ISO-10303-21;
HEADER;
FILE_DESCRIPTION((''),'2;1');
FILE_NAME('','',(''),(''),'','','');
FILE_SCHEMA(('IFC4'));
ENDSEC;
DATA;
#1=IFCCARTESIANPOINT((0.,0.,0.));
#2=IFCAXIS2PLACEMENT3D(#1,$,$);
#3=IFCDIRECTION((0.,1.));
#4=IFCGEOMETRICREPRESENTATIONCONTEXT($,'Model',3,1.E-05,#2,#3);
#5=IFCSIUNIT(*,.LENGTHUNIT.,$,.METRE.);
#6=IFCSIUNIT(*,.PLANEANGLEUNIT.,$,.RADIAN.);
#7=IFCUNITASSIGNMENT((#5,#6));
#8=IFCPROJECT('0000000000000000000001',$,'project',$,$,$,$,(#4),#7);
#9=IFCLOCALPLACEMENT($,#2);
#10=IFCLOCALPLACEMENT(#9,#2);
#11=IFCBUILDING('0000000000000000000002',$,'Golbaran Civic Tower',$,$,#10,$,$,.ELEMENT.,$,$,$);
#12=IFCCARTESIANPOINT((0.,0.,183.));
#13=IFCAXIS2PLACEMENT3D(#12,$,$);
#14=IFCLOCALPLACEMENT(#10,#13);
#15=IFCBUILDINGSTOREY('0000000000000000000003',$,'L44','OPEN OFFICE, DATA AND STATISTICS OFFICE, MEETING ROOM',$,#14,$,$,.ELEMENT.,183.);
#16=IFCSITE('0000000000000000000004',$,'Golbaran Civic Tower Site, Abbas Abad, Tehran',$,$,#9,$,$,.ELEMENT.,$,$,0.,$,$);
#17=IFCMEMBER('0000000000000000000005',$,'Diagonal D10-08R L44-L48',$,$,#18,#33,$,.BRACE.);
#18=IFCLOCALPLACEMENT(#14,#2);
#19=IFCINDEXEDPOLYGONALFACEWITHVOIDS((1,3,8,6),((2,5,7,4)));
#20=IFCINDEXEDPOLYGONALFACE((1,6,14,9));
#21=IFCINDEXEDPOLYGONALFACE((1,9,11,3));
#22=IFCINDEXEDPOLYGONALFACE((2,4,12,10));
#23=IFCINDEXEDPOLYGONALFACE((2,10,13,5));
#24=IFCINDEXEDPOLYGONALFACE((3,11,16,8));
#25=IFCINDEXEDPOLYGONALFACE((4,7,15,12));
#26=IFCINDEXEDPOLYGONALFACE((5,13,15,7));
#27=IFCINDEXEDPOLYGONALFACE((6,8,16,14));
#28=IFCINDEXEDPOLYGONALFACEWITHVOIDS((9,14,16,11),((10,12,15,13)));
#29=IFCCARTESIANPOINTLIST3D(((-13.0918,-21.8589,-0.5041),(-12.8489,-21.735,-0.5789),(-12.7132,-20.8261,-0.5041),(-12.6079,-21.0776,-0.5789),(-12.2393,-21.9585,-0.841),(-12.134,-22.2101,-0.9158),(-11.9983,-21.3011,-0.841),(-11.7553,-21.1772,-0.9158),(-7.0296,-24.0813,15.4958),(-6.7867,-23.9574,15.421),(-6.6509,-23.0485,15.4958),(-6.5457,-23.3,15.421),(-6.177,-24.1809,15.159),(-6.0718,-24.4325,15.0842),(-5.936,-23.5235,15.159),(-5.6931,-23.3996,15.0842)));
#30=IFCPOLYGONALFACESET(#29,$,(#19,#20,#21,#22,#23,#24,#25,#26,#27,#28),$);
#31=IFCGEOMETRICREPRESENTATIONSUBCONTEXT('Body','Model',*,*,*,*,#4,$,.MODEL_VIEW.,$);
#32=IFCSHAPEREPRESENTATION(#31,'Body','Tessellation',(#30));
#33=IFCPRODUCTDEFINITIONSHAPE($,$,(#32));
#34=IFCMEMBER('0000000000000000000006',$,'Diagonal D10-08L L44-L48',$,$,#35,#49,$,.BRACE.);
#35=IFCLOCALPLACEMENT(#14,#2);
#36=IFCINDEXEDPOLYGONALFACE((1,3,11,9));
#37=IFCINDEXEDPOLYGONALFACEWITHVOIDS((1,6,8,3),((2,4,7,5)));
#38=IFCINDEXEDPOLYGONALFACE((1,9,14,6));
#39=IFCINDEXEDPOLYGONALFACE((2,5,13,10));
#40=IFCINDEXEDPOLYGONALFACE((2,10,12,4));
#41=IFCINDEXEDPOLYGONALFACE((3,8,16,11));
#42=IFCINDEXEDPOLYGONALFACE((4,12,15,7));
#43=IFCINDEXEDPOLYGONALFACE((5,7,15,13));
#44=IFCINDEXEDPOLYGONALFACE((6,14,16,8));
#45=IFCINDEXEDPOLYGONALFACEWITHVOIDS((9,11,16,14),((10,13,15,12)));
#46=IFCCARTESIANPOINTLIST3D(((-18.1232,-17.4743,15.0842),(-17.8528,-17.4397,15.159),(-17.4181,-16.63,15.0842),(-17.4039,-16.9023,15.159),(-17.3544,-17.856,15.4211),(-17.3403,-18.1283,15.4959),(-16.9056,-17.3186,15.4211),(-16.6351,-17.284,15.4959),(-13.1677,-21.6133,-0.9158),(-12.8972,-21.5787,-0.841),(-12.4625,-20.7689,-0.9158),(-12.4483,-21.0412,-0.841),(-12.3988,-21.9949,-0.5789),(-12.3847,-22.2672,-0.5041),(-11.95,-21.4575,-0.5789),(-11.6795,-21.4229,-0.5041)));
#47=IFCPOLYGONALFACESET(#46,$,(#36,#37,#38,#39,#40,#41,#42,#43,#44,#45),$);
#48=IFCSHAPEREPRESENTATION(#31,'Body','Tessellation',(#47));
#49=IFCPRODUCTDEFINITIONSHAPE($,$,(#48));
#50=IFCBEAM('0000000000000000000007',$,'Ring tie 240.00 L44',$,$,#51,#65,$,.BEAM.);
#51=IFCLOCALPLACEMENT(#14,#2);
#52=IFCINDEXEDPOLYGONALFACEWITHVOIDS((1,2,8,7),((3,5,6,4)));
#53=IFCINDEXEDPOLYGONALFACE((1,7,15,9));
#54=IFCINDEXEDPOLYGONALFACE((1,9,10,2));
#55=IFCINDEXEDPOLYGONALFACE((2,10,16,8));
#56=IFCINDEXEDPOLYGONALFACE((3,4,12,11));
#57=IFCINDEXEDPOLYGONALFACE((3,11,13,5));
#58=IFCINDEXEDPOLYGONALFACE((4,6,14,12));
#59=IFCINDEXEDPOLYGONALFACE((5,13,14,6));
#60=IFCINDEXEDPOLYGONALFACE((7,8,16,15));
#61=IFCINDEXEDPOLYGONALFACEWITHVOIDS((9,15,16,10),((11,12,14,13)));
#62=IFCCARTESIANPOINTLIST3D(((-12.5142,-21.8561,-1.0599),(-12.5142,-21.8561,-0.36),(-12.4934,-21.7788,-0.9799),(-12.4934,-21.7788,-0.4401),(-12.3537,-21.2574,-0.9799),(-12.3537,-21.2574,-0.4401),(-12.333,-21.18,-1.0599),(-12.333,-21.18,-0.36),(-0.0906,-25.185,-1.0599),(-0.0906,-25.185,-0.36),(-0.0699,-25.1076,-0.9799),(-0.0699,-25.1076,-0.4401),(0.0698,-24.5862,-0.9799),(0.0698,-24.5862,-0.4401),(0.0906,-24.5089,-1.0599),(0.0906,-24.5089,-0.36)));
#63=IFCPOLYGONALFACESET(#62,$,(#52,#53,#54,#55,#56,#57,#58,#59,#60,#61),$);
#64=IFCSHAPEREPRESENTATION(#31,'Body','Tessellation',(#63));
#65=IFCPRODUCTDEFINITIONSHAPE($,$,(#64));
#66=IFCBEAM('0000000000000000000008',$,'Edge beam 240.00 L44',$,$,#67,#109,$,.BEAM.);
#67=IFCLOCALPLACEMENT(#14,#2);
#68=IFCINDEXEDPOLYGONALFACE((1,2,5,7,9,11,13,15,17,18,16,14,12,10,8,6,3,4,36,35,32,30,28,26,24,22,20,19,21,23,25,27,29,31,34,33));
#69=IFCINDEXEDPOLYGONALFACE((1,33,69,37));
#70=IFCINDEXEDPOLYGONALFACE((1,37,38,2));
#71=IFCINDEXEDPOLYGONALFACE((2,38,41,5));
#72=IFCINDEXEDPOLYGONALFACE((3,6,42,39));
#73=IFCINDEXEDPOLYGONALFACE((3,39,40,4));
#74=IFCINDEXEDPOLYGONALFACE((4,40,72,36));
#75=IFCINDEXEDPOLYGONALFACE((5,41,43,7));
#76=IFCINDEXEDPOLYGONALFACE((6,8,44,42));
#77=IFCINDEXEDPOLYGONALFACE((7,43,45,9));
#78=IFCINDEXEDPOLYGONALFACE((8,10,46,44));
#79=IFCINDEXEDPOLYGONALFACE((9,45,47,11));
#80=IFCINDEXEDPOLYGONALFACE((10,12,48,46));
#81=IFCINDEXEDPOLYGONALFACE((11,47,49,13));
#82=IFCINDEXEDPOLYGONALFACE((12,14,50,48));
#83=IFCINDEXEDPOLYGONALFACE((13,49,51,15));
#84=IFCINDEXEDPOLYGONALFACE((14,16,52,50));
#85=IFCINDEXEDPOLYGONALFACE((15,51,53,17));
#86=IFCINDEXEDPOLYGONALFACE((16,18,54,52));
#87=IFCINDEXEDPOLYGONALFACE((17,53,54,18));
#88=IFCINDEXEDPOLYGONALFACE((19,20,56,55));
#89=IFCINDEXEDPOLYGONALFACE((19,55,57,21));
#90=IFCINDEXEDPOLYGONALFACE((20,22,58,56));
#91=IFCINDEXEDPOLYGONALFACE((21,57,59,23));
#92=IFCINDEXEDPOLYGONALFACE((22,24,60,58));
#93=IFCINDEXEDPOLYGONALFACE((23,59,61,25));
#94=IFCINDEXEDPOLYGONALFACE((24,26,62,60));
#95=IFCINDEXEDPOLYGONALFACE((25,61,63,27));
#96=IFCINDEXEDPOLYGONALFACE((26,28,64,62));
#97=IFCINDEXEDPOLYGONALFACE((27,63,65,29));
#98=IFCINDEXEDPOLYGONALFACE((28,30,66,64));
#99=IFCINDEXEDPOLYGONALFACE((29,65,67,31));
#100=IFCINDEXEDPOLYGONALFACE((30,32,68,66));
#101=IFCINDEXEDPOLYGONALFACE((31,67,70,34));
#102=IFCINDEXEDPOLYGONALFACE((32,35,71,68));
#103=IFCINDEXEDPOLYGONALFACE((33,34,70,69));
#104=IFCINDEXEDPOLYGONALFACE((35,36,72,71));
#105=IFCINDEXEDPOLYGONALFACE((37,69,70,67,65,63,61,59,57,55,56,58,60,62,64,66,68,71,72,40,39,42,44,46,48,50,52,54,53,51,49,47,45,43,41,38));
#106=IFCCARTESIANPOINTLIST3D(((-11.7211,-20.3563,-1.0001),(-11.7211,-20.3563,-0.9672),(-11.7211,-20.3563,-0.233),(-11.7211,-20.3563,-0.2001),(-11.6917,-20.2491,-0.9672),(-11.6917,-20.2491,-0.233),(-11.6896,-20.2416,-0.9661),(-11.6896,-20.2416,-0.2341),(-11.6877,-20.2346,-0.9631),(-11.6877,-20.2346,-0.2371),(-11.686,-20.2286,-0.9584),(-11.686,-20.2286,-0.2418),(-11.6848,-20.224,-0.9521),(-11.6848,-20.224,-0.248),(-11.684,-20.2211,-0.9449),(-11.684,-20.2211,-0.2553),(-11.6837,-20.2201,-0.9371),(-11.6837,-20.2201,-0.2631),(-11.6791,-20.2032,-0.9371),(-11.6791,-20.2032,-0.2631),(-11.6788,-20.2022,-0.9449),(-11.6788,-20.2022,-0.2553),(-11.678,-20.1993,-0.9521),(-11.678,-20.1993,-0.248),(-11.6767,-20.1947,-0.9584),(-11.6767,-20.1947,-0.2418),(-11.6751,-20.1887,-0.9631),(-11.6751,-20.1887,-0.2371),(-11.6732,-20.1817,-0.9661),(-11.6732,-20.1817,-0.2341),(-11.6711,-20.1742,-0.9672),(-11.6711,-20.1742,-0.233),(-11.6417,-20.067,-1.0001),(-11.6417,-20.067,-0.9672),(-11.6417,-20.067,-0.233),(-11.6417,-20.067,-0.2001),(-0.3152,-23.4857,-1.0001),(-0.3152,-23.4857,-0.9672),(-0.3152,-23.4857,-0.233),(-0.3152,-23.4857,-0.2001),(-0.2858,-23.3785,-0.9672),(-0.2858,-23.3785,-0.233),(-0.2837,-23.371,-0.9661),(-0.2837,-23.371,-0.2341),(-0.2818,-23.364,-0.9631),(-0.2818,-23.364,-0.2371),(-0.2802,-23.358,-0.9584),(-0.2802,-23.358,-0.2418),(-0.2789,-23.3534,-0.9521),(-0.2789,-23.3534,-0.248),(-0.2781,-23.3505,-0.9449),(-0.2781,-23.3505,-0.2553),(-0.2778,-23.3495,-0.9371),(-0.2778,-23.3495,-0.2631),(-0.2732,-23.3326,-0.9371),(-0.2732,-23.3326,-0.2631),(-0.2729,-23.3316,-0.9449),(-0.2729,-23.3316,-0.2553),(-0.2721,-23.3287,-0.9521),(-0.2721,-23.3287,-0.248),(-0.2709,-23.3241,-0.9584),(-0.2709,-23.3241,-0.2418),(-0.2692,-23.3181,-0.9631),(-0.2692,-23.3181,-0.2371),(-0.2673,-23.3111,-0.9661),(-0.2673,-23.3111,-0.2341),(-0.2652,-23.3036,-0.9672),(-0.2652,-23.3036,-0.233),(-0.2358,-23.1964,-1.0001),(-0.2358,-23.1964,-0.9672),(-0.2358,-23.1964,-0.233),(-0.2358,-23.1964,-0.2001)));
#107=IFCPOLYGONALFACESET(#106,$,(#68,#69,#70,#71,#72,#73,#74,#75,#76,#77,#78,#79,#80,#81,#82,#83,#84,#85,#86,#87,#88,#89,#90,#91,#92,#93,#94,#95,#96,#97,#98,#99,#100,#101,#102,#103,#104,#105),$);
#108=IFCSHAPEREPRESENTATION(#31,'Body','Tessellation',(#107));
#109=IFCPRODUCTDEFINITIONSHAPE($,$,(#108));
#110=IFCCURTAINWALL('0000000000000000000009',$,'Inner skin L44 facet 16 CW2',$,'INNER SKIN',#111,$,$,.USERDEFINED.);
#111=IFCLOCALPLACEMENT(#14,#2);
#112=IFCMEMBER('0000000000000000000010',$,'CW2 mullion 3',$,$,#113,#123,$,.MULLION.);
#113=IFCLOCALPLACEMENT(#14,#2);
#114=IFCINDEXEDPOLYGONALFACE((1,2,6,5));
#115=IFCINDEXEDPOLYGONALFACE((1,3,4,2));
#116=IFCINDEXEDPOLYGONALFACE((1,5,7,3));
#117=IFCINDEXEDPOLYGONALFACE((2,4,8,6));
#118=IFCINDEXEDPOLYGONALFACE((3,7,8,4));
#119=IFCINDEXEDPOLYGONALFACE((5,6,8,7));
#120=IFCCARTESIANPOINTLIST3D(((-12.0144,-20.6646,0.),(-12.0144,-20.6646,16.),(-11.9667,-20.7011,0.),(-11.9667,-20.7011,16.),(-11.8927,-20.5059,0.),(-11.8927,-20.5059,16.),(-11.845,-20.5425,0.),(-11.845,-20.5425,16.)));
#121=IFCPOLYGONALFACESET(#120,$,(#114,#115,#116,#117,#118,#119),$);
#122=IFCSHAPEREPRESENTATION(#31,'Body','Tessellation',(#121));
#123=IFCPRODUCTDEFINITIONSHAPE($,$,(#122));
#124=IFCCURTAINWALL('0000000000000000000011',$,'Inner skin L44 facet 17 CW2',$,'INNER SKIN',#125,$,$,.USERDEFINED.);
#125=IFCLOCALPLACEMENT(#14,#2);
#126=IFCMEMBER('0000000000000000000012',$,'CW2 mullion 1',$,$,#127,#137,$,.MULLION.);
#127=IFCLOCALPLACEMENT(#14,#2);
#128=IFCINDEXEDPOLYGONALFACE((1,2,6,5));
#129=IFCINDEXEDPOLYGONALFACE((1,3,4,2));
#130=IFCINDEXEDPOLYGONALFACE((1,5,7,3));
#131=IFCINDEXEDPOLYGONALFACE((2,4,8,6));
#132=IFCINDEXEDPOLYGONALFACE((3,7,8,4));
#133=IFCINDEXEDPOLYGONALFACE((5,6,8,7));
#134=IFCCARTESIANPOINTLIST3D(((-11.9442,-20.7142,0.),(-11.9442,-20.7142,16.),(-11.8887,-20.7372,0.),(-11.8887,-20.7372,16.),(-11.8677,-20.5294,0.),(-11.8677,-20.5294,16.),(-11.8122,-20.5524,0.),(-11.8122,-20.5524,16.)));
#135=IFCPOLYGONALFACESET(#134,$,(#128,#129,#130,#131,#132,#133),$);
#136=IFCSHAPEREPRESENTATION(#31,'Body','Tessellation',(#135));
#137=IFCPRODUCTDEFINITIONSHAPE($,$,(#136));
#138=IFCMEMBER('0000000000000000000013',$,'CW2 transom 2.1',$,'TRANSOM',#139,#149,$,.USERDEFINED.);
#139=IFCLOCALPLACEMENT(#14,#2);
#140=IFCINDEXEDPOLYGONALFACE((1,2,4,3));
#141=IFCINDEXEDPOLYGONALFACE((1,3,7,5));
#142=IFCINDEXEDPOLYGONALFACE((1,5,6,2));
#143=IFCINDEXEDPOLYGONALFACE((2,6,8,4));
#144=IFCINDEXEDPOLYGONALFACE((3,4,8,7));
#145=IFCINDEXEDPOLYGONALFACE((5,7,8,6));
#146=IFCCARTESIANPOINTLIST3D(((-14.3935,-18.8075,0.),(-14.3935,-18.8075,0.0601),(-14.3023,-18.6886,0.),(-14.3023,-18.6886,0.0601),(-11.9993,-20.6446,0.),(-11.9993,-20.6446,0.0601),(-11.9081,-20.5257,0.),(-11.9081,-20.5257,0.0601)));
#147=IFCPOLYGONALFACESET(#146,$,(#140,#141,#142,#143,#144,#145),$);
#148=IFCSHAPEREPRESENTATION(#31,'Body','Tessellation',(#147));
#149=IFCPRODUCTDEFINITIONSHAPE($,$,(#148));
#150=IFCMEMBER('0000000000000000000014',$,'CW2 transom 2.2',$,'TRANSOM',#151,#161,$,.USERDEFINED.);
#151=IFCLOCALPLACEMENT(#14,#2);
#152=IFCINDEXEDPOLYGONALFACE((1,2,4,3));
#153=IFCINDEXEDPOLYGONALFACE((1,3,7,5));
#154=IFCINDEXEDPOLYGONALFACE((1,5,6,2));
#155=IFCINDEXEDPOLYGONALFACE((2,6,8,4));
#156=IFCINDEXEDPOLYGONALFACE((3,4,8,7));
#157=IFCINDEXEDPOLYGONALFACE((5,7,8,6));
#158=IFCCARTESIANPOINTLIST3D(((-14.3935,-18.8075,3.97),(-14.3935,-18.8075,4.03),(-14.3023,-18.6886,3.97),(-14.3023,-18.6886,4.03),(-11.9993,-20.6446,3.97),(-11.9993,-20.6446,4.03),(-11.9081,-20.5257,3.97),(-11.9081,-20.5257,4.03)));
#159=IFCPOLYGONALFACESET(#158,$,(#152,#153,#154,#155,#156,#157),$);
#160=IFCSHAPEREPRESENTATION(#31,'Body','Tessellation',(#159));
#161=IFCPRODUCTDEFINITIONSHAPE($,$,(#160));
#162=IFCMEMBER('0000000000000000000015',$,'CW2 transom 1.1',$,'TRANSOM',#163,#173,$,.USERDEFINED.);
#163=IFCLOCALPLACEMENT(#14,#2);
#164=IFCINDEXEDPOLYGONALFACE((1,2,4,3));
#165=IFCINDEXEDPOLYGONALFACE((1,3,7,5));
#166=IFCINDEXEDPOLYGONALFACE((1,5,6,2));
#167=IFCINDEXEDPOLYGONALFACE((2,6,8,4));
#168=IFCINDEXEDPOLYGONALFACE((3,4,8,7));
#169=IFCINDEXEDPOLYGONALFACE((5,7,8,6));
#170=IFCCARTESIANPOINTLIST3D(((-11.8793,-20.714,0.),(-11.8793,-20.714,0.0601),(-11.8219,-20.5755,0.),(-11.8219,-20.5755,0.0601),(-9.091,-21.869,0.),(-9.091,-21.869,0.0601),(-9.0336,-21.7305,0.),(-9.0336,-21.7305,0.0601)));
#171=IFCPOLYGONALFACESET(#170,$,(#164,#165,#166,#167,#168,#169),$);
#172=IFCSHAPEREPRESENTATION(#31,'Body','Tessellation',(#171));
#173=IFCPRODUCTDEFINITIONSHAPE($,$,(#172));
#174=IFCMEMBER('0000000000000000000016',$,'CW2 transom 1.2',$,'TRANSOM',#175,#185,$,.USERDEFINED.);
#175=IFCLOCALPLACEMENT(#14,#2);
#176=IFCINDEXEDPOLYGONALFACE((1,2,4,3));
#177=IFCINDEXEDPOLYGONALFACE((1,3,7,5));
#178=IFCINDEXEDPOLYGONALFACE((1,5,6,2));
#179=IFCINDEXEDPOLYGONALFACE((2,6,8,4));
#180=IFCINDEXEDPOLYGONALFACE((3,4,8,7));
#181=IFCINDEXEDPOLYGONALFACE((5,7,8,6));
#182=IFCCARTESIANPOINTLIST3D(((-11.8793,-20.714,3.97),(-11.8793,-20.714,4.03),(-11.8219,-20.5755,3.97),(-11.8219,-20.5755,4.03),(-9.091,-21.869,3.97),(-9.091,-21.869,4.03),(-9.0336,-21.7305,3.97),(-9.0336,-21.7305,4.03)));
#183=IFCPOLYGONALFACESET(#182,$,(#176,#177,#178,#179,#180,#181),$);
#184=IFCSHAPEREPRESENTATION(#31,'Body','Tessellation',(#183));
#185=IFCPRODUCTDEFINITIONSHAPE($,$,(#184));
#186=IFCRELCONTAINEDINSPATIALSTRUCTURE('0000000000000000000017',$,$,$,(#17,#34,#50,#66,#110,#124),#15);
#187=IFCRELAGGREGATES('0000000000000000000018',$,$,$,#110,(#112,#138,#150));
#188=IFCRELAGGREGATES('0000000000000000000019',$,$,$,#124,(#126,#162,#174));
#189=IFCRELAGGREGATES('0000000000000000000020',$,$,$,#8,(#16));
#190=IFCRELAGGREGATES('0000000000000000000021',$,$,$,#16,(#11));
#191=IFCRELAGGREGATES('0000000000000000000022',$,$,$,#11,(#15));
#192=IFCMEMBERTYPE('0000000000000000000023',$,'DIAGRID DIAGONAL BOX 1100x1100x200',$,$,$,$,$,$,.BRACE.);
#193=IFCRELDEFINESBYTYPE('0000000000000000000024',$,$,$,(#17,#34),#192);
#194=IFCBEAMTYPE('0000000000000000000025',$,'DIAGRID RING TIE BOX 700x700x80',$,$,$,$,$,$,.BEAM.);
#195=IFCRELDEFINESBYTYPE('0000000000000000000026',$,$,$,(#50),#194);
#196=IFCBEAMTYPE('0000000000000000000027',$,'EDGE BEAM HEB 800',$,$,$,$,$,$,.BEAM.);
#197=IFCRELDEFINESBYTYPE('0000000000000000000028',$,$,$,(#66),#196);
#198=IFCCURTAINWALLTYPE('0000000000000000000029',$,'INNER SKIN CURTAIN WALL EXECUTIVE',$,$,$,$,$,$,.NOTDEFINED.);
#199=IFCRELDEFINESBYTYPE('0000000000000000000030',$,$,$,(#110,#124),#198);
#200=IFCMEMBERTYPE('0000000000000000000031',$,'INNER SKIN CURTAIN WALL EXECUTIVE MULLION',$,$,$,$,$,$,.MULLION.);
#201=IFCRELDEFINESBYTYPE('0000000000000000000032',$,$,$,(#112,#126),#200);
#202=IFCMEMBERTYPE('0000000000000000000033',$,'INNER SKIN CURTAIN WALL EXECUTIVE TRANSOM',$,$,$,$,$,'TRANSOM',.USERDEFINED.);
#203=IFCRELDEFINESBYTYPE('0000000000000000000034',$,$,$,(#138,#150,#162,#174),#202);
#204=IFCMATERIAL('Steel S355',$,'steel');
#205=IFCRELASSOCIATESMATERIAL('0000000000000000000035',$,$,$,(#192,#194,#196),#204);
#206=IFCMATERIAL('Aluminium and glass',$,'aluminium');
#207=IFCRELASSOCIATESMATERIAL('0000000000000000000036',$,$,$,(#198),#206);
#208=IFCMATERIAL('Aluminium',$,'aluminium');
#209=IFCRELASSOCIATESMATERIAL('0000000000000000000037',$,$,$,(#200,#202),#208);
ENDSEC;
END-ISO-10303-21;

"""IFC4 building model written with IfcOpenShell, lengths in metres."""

from ifc_helpers import new_model, si_unit, direction, frame, origin, origin_2d, place, context, subcontext, project, spatial, rectangle, hollow_rectangle, i_section, extrude, material, material_profile, profile_set, type_object, element, aggregate, save


model = new_model("IFC4")

# Units and contexts
model_context = context("Model", 3, precision=1e-05, world=origin(), true_north=direction((0.0, 1.0)))
body_context = subcontext(model_context, "Body", "Model", "MODEL_VIEW")
ifc_project = project(units=[si_unit("LENGTHUNIT", "METRE"), si_unit("PLANEANGLEUNIT", "RADIAN")], contexts=[model_context])

# Site, building, storey
site_placement = place(None, origin())
site = spatial("IfcSite", under=ifc_project, at=site_placement, Name="Golbaran Civic Tower Site, Abbas Abad, Tehran", CompositionType="ELEMENT", RefElevation=0.0)
building_placement = place(site_placement, origin())
building = spatial("IfcBuilding", under=site, at=building_placement, Name="Golbaran Civic Tower", CompositionType="ELEMENT")
storey_placement = place(building_placement, frame((0.0, 0.0, 183.0)))
storey = spatial("IfcBuildingStorey", under=building, at=storey_placement, Name="L44", Description="OPEN OFFICE, DATA AND STATISTICS OFFICE, MEETING ROOM", CompositionType="ELEMENT", Elevation=183.0)

# Members
ifc_material_1 = material(Name="Steel S355", Category="steel")
ifc_material_profile_1 = material_profile(ifc_material_1, hollow_rectangle(XDim=1.1001, YDim=1.1001, WallThickness=0.2, at=origin_2d()), Name="BOX 1100x1100x200")
ifc_profile_set_1 = profile_set([ifc_material_profile_1], Name="Steel S355")
member_type_1 = type_object("IfcMemberType", Name="DIAGRID DIAGONAL BOX 1100x1100x200", PredefinedType="BRACE", material=ifc_profile_set_1)
for number, where, z_axis, x_axis, name in (
    (1, (-12.4236, -21.5181, -0.71), (0.35136, -0.128808, 0.927337), (0.344198, 0.938897, 0.0), "Diagonal D10-08R L44-L48"),
    (2, (-12.4236, -21.5181, -0.71), (-0.287219, 0.239886, 0.92734), (-0.641032, -0.767514, 0.0), "Diagonal D10-08L L44-L48"),
):
    element("IfcMember", number, at=place(storey_placement, frame(where, z_axis=z_axis, x_axis=x_axis)), inside=storey, type_object=member_type_1, Name=name, PredefinedType="BRACE", context=body_context, shape_type="SweptSolid", body=[
        extrude(hollow_rectangle(XDim=1.1001, YDim=1.1001, WallThickness=0.2, at=origin_2d()), origin(), (0.0, 0.0, 1.0), 17.2537),
    ])

# Beams
ifc_material_profile_2 = material_profile(ifc_material_1, hollow_rectangle(XDim=0.7, YDim=0.7, WallThickness=0.0801, at=origin_2d()), Name="BOX 700x700x80")
ifc_profile_set_2 = profile_set([ifc_material_profile_2], Name="Steel S355")
beam_type_1 = type_object("IfcBeamType", Name="DIAGRID RING TIE BOX 700x700x80", PredefinedType="BEAM", material=ifc_profile_set_2)
beam_1_placement = place(storey_placement, frame((-12.4236, -21.5181, -0.71), z_axis=(0.965926, -0.258817, 0.0), x_axis=(0.258817, 0.965926, 0.0)))
element("IfcBeam", 3, at=beam_1_placement, inside=storey, type_object=beam_type_1, Name="Ring tie 240.00 L44", PredefinedType="BEAM", context=body_context, shape_type="SweptSolid", body=[
    extrude(hollow_rectangle(XDim=0.7, YDim=0.7, WallThickness=0.0801, at=origin_2d()), origin(), (0.0, 0.0, 1.0), 12.8618),
])
ifc_material_profile_3 = material_profile(ifc_material_1, i_section(OverallWidth=0.3, OverallDepth=0.8, WebThickness=0.0176, FlangeThickness=0.033, FilletRadius=0.03, at=origin_2d()), Name="HEB 800")
ifc_profile_set_3 = profile_set([ifc_material_profile_3], Name="Steel S355")
beam_type_2 = type_object("IfcBeamType", Name="EDGE BEAM HEB 800", PredefinedType="BEAM", material=ifc_profile_set_3)
beam_2_placement = place(storey_placement, frame((-11.6814, -20.2117, -0.6001), z_axis=(0.964362, -0.264586, 0.0), x_axis=(0.264586, 0.964362, 0.0)))
element("IfcBeam", 4, at=beam_2_placement, inside=storey, type_object=beam_type_2, Name="Edge beam 240.00 L44", PredefinedType="BEAM", context=body_context, shape_type="SweptSolid", body=[
    extrude(i_section(OverallWidth=0.3, OverallDepth=0.8, WebThickness=0.0176, FlangeThickness=0.033, FilletRadius=0.03, at=origin_2d()), origin(), (0.0, 0.0, 1.0), 11.8274),
])

# Curtain walls, members
ifc_material_2 = material(Name="Aluminium and glass", Category="aluminium")
curtain_wall_type_1 = type_object("IfcCurtainWallType", Name="INNER SKIN CURTAIN WALL EXECUTIVE", PredefinedType="NOTDEFINED", material=ifc_material_2)
curtain_wall_1_placement = place(storey_placement, origin())
curtain_wall_1 = element("IfcCurtainWall", 5, at=curtain_wall_1_placement, inside=storey, type_object=curtain_wall_type_1, Name="Inner skin L44 facet 16 CW2", ObjectType="INNER SKIN", PredefinedType="USERDEFINED")
ifc_material_3 = material(Name="Aluminium", Category="aluminium")
ifc_material_profile_4 = material_profile(ifc_material_3, rectangle(XDim=0.2, YDim=0.0601, at=origin_2d()), Name="INNER SKIN CURTAIN WALL EXECUTIVE MULLION")
ifc_profile_set_4 = profile_set([ifc_material_profile_4], Name="Aluminium")
member_type_2 = type_object("IfcMemberType", Name="INNER SKIN CURTAIN WALL EXECUTIVE MULLION", PredefinedType="MULLION", material=ifc_profile_set_4)
member_1_placement = place(storey_placement, frame((-11.9297, -20.6035, 0.0), z_axis=(0.0, 0.0, 1.0), x_axis=(0.608761, 0.793353, 0.0)))
member_1 = element("IfcMember", 6, at=member_1_placement, type_object=member_type_2, Name="CW2 mullion 3", PredefinedType="MULLION", context=body_context, shape_type="SweptSolid", body=[
    extrude(rectangle(XDim=0.2, YDim=0.0601, at=origin_2d()), origin(), (0.0, 0.0, 1.0), 16.0),
])
curtain_wall_2_placement = place(storey_placement, origin())
curtain_wall_2 = element("IfcCurtainWall", 7, at=curtain_wall_2_placement, inside=storey, type_object=curtain_wall_type_1, Name="Inner skin L44 facet 17 CW2", ObjectType="INNER SKIN", PredefinedType="USERDEFINED")
member_2_placement = place(storey_placement, frame((-11.8782, -20.6333, 0.0), z_axis=(0.0, 0.0, 1.0), x_axis=(0.382683, 0.92388, 0.0)))
member_2 = element("IfcMember", 8, at=member_2_placement, type_object=member_type_2, Name="CW2 mullion 1", PredefinedType="MULLION", context=body_context, shape_type="SweptSolid", body=[
    extrude(rectangle(XDim=0.2, YDim=0.0601, at=origin_2d()), origin(), (0.0, 0.0, 1.0), 16.0),
])

# Members
ifc_material_profile_5 = material_profile(ifc_material_3, rectangle(XDim=0.1499, YDim=0.0601, at=origin_2d()), Name="INNER SKIN CURTAIN WALL EXECUTIVE TRANSOM")
ifc_profile_set_5 = profile_set([ifc_material_profile_5], Name="Aluminium")
member_type_3 = type_object("IfcMemberType", Name="INNER SKIN CURTAIN WALL EXECUTIVE TRANSOM", ElementType="TRANSOM", PredefinedType="USERDEFINED", material=ifc_profile_set_5)
member_3_placement = place(storey_placement, frame((-14.3479, -18.748, 0.03), z_axis=(0.79336, -0.608752, 0.0), x_axis=(0.608752, 0.79336, 0.0)))
member_3 = element("IfcMember", 9, at=member_3_placement, type_object=member_type_3, Name="CW2 transom 2.1", ObjectType="TRANSOM", PredefinedType="USERDEFINED", context=body_context, shape_type="SweptSolid", body=[
    extrude(rectangle(XDim=0.1499, YDim=0.0601, at=origin_2d()), origin(), (0.0, 0.0, 1.0), 3.0178),
])
member_4_placement = place(storey_placement, frame((-14.3479, -18.748, 4.0), z_axis=(0.79336, -0.608752, 0.0), x_axis=(0.608752, 0.79336, 0.0)))
member_4 = element("IfcMember", 10, at=member_4_placement, type_object=member_type_3, Name="CW2 transom 2.2", ObjectType="TRANSOM", PredefinedType="USERDEFINED", context=body_context, shape_type="SweptSolid", body=[
    extrude(rectangle(XDim=0.1499, YDim=0.0601, at=origin_2d()), origin(), (0.0, 0.0, 1.0), 3.0178),
])
member_5_placement = place(storey_placement, frame((-11.8506, -20.6448, 0.03), z_axis=(0.923872, -0.382702, 0.0), x_axis=(0.382702, 0.923872, 0.0)))
member_5 = element("IfcMember", 11, at=member_5_placement, type_object=member_type_3, Name="CW2 transom 1.1", ObjectType="TRANSOM", PredefinedType="USERDEFINED", context=body_context, shape_type="SweptSolid", body=[
    extrude(rectangle(XDim=0.1499, YDim=0.0601, at=origin_2d()), origin(), (0.0, 0.0, 1.0), 3.0181),
])
member_6_placement = place(storey_placement, frame((-11.8506, -20.6448, 4.0), z_axis=(0.923872, -0.382702, 0.0), x_axis=(0.382702, 0.923872, 0.0)))
member_6 = element("IfcMember", 12, at=member_6_placement, type_object=member_type_3, Name="CW2 transom 1.2", ObjectType="TRANSOM", PredefinedType="USERDEFINED", context=body_context, shape_type="SweptSolid", body=[
    extrude(rectangle(XDim=0.1499, YDim=0.0601, at=origin_2d()), origin(), (0.0, 0.0, 1.0), 3.0181),
])

aggregate(curtain_wall_1, [member_1, member_3, member_4])
aggregate(curtain_wall_2, [member_2, member_5, member_6])

save(model, "model.ifc")
